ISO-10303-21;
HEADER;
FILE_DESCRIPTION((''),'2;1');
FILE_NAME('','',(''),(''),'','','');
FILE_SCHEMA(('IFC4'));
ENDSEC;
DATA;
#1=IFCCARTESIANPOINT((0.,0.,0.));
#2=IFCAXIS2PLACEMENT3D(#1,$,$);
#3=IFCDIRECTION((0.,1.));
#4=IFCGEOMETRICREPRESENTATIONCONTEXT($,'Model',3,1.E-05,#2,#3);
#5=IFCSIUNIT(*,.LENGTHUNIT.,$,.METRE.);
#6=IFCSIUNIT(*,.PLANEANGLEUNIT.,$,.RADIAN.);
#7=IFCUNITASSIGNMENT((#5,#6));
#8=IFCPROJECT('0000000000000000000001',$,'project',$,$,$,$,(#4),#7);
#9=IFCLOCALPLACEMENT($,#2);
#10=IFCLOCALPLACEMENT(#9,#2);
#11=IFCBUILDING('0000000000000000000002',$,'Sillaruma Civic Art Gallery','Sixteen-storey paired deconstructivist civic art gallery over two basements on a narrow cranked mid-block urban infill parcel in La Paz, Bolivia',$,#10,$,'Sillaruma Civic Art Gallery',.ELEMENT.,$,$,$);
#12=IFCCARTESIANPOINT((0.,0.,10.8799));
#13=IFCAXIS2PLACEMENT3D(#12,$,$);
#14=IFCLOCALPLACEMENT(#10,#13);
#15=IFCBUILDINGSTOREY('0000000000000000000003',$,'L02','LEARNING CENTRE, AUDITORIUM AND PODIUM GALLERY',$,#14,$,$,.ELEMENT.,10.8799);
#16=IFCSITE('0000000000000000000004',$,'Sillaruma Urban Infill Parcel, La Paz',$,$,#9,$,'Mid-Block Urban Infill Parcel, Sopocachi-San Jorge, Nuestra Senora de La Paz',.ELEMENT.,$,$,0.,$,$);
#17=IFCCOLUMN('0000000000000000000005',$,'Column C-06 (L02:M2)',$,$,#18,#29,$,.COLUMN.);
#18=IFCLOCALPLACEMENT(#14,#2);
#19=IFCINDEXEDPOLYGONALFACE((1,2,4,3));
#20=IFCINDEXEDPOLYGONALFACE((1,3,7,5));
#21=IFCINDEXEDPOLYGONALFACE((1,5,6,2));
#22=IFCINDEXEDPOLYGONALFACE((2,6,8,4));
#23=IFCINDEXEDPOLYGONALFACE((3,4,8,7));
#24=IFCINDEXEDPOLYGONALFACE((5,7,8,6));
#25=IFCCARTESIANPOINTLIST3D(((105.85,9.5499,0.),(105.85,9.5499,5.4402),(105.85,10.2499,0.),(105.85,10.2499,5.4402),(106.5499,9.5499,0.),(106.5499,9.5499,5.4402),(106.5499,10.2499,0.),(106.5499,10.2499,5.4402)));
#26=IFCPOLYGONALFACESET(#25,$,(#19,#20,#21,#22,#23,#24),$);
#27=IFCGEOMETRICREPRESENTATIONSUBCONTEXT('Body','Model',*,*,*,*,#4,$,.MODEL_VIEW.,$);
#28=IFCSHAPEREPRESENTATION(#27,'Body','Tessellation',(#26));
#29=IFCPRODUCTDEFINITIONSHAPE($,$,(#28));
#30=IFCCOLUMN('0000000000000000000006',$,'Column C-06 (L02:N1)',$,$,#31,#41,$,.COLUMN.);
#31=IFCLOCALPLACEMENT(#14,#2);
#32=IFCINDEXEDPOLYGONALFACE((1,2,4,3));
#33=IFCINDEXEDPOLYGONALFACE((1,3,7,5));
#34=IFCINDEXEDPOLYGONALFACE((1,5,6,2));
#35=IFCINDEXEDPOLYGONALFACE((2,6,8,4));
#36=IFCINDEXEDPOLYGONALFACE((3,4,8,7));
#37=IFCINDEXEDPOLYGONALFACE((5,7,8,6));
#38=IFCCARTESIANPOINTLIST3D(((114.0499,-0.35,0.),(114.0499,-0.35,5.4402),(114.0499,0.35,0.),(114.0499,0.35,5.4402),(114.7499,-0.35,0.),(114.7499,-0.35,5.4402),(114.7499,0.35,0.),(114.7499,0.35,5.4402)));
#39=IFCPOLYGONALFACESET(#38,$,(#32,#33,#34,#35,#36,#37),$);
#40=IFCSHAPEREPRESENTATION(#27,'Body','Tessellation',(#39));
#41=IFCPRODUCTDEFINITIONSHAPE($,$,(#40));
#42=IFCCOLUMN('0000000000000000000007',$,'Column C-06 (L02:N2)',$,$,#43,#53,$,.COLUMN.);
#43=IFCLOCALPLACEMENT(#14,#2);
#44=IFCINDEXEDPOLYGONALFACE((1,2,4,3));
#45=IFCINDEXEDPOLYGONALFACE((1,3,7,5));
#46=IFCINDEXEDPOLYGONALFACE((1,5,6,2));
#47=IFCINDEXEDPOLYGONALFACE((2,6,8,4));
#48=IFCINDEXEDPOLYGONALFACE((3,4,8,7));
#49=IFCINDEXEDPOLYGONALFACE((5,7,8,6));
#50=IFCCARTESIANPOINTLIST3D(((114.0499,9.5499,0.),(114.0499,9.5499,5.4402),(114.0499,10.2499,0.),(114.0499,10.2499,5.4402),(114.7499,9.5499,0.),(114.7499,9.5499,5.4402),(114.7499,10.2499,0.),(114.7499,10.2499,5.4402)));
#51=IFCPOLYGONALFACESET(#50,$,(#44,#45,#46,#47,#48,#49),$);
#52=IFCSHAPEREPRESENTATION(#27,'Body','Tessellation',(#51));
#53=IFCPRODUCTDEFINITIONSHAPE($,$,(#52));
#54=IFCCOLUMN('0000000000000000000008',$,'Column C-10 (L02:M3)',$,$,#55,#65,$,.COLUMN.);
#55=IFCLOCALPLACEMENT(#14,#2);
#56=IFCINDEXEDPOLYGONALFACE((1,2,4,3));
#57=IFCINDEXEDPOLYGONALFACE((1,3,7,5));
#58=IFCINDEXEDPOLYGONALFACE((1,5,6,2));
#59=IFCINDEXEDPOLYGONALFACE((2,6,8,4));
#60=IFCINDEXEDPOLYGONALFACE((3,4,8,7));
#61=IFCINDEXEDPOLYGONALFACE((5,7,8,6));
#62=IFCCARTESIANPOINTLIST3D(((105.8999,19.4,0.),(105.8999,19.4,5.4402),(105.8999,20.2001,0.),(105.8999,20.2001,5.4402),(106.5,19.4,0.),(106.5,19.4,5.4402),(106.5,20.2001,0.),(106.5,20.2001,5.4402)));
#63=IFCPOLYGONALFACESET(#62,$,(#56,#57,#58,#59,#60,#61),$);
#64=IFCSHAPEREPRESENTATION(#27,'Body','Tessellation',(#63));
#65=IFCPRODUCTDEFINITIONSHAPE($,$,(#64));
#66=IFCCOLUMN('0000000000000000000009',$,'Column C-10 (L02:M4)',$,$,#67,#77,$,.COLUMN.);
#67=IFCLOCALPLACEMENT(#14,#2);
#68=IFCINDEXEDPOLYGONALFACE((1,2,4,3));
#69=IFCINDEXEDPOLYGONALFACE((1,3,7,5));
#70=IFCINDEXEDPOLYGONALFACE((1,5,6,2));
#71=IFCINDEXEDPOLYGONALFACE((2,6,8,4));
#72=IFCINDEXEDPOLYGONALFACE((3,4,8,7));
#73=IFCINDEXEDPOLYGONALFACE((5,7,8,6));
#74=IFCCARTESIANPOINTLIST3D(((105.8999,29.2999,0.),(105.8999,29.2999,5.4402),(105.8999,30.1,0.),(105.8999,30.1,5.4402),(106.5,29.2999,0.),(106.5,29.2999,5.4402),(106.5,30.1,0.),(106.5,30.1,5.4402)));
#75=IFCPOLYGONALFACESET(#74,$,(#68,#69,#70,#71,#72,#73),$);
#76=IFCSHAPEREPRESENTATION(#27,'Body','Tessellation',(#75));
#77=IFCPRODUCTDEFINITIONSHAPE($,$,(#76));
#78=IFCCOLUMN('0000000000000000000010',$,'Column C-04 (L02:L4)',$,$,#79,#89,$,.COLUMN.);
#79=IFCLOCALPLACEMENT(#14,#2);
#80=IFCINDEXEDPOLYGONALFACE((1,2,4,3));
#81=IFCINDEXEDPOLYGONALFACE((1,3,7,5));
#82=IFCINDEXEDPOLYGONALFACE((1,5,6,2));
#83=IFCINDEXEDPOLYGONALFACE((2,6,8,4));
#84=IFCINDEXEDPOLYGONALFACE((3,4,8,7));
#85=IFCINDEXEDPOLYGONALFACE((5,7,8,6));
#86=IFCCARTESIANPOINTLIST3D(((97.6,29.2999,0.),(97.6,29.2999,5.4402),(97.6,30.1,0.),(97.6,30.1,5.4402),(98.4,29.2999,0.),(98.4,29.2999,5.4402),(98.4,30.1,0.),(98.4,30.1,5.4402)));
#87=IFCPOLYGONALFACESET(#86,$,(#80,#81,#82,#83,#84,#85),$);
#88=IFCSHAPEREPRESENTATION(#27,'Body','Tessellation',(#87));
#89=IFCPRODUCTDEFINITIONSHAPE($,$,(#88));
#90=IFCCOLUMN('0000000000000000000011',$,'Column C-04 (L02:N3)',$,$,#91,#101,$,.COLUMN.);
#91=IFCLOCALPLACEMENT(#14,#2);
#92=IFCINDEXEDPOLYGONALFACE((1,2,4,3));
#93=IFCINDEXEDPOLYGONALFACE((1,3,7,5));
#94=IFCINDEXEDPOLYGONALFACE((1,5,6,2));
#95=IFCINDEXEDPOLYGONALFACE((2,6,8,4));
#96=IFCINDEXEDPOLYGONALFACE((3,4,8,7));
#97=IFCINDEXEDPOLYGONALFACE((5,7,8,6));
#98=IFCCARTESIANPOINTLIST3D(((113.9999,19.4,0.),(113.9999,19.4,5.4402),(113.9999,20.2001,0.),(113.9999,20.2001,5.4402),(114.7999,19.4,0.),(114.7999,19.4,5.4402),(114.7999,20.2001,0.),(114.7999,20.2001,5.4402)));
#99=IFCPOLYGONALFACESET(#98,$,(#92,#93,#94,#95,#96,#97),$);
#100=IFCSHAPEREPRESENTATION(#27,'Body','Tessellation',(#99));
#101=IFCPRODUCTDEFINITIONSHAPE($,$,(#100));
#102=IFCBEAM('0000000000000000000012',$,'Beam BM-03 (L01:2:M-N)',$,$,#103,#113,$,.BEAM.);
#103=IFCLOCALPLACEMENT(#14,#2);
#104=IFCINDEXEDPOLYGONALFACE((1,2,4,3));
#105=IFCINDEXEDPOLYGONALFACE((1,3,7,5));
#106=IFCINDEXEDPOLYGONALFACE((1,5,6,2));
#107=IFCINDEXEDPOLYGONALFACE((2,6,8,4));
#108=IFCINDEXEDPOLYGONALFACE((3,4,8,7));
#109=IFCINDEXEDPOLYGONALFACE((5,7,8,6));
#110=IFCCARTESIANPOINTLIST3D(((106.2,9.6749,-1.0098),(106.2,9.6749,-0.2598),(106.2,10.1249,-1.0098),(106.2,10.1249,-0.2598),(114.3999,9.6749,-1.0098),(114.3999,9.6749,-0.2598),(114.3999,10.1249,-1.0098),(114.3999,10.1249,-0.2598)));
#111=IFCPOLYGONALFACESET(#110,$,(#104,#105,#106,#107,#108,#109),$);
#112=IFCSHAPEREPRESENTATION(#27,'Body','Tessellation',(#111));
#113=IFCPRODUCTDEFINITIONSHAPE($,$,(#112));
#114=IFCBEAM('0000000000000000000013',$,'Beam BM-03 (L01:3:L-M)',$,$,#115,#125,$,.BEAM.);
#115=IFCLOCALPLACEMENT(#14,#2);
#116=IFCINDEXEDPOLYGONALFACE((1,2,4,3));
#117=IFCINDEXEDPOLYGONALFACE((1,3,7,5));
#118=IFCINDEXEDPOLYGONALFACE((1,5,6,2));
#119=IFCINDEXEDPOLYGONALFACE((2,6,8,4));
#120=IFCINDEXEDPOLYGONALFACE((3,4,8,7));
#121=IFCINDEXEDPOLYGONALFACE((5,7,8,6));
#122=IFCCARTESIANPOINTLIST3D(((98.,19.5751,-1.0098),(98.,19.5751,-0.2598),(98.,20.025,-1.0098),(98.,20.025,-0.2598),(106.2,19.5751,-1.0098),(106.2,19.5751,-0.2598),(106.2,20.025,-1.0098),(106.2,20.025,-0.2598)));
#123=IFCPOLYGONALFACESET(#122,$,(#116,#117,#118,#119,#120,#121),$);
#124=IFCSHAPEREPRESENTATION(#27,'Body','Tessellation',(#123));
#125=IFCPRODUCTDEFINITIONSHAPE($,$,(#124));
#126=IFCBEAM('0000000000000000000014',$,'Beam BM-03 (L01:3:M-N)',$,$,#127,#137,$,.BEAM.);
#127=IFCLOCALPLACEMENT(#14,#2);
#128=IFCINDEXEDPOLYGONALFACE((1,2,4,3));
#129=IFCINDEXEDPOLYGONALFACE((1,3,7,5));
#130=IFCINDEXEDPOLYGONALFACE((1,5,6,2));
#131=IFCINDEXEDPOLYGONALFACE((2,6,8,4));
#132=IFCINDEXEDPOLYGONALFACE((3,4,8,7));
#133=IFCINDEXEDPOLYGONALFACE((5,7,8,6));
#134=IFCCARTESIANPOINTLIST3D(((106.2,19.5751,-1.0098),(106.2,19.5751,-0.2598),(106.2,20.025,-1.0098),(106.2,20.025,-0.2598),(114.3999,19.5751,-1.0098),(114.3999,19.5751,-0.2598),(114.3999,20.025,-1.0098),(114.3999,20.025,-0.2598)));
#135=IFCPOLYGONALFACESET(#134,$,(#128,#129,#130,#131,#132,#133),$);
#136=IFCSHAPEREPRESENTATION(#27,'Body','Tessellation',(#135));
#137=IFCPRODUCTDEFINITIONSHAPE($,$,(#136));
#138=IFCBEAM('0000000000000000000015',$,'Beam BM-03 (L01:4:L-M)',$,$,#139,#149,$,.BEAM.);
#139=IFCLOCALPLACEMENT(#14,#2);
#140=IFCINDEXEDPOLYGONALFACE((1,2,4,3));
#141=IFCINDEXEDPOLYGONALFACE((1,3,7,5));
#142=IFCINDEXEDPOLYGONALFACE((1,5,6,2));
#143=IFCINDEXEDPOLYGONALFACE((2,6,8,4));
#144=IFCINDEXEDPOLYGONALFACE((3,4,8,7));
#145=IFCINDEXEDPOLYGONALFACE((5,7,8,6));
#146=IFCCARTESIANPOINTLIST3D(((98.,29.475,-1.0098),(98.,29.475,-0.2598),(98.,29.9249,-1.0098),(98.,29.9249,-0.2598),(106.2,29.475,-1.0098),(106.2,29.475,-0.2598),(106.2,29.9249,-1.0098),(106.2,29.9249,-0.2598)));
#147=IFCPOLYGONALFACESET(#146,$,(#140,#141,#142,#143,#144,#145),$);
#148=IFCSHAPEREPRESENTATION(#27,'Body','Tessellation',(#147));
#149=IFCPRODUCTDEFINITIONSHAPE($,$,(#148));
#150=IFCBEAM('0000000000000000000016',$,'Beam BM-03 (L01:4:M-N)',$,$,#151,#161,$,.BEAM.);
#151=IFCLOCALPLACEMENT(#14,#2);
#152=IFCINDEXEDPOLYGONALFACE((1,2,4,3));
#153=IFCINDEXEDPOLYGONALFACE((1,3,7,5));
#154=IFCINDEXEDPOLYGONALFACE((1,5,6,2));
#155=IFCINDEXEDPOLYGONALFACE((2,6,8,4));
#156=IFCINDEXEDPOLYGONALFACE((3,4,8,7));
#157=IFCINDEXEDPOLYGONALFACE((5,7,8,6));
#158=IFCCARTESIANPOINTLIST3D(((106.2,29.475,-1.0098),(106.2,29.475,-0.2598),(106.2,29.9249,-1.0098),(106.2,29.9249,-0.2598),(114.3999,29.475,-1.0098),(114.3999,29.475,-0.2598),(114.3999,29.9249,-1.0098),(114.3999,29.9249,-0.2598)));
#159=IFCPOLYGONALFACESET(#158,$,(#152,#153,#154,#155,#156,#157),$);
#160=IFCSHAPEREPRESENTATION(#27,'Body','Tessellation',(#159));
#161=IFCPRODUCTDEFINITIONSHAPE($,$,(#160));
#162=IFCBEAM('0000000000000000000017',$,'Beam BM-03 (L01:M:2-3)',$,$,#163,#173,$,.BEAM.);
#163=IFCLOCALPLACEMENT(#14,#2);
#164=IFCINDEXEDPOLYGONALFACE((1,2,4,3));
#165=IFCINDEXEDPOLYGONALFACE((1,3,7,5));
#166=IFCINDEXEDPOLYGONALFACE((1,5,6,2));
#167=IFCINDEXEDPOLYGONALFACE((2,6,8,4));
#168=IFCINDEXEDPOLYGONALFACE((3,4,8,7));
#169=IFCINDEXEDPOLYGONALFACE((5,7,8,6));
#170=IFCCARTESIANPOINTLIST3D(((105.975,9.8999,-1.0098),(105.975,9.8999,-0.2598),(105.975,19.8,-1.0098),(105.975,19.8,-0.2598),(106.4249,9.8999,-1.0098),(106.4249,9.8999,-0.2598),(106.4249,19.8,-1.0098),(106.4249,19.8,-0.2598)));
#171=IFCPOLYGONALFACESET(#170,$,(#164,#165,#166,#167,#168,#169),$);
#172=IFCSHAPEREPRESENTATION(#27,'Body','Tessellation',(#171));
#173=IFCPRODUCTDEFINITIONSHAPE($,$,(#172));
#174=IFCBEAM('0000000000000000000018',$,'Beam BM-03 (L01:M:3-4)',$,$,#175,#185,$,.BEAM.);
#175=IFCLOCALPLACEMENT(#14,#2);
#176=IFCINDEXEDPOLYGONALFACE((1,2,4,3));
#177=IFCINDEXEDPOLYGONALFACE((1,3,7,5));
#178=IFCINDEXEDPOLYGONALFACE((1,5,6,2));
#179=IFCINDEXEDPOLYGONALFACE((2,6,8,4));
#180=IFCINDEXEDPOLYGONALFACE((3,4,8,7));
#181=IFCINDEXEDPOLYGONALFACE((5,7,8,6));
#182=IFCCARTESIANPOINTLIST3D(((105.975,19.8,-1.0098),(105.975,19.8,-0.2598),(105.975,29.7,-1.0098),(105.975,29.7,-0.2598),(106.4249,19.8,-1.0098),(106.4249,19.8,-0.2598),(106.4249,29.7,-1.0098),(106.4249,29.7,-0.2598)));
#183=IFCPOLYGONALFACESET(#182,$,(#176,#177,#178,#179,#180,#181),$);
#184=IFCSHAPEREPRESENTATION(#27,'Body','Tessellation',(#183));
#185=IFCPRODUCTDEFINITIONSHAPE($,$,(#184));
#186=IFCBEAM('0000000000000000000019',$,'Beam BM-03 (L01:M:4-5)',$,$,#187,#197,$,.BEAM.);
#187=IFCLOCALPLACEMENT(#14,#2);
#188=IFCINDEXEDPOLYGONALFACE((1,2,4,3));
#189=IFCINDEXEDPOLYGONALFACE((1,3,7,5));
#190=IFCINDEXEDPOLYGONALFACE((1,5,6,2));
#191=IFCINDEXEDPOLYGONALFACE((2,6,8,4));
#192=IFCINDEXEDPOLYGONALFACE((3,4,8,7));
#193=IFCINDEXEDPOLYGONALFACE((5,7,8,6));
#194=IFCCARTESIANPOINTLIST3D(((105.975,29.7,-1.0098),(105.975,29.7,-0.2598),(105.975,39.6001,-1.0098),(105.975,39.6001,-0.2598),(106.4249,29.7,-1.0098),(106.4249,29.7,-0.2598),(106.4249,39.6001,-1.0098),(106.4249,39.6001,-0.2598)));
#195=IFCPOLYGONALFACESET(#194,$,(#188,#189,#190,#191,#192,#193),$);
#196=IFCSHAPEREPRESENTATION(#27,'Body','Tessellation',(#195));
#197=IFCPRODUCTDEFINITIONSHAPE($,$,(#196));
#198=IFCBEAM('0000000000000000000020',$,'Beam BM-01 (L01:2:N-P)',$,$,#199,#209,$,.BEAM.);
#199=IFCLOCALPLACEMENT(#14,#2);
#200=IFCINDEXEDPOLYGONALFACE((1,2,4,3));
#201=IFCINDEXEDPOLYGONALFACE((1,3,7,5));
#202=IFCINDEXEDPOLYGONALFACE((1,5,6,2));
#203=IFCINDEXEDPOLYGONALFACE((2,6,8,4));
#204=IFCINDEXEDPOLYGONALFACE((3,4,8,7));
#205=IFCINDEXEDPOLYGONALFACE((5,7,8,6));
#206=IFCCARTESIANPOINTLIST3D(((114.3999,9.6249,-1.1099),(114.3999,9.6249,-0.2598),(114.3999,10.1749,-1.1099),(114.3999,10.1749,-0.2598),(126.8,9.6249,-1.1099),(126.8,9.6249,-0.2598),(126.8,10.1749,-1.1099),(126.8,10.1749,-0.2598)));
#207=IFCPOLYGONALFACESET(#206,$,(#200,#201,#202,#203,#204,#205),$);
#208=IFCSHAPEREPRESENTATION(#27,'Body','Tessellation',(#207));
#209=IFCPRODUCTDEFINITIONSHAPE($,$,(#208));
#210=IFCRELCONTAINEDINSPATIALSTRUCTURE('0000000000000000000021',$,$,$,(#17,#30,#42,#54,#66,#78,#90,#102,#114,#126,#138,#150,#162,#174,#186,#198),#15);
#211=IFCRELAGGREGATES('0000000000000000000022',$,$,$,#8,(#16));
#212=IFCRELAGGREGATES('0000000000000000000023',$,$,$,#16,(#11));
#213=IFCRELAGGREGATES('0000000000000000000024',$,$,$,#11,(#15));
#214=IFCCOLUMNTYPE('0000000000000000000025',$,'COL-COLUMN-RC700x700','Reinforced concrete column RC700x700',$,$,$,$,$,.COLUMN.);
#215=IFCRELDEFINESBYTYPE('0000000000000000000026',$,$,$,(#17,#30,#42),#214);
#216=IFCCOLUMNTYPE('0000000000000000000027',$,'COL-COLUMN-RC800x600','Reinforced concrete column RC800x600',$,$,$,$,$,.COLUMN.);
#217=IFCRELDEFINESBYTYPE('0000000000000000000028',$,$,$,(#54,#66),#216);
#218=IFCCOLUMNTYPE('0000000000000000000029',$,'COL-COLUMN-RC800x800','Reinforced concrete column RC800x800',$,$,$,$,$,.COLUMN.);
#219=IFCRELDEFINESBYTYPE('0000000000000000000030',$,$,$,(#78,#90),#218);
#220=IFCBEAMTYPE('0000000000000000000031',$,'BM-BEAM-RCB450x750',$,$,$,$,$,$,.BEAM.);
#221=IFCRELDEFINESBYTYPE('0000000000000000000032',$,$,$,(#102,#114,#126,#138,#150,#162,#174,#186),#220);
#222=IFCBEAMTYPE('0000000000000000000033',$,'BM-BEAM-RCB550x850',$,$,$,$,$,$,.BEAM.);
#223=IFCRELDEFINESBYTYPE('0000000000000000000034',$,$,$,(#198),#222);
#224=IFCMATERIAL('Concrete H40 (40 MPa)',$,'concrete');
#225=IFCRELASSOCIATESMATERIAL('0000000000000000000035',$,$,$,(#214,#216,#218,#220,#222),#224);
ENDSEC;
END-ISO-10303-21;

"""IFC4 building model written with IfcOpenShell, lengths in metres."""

from ifc_helpers import new_model, si_unit, direction, frame, origin, origin_2d, place, context, subcontext, project, spatial, rectangle, extrude, material, material_profile, profile_set, type_object, element, save


model = new_model("IFC4")

# Units and contexts
model_context = context("Model", 3, precision=1e-05, world=origin(), true_north=direction((0.0, 1.0)))
body_context = subcontext(model_context, "Body", "Model", "MODEL_VIEW")
ifc_project = project(units=[si_unit("LENGTHUNIT", "METRE"), si_unit("PLANEANGLEUNIT", "RADIAN")], contexts=[model_context])

# Site, building, storey
site_placement = place(None, origin())
site = spatial("IfcSite", under=ifc_project, at=site_placement, Name="Sillaruma Urban Infill Parcel, La Paz", LongName="Mid-Block Urban Infill Parcel, Sopocachi-San Jorge, Nuestra Senora de La Paz", CompositionType="ELEMENT", RefElevation=0.0)
building_placement = place(site_placement, origin())
building = spatial("IfcBuilding", under=site, at=building_placement, Name="Sillaruma Civic Art Gallery", Description="Sixteen-storey paired deconstructivist civic art gallery over two basements on a narrow cranked mid-block urban infill parcel in La Paz, Bolivia", LongName="Sillaruma Civic Art Gallery", CompositionType="ELEMENT")
storey_placement = place(building_placement, frame((0.0, 0.0, 10.8799)))
storey = spatial("IfcBuildingStorey", under=building, at=storey_placement, Name="L02", Description="LEARNING CENTRE, AUDITORIUM AND PODIUM GALLERY", CompositionType="ELEMENT", Elevation=10.8799)

# Columns
ifc_material_1 = material(Name="Concrete H40 (40 MPa)", Category="concrete")
ifc_material_profile_1 = material_profile(ifc_material_1, rectangle(XDim=0.7, YDim=0.7, at=origin_2d()), Name="RC700x700")
ifc_profile_set_1 = profile_set([ifc_material_profile_1], Name="Concrete H40 (40 MPa)")
column_type_1 = type_object("IfcColumnType", Name="COL-COLUMN-RC700x700", Description="Reinforced concrete column RC700x700", PredefinedType="COLUMN", material=ifc_profile_set_1)
for number, where, z_axis, x_axis, name in (
    (1, (106.2, 9.8999, 0.0), (0.0, 0.0, 1.0), (1.0, 0.0, 0.0), "Column C-06 (L02:M2)"),
    (2, (114.3999, 0.0, 0.0), (0.0, 0.0, 1.0), (1.0, 0.0, 0.0), "Column C-06 (L02:N1)"),
    (3, (114.3999, 9.8999, 0.0), (0.0, 0.0, 1.0), (1.0, 0.0, 0.0), "Column C-06 (L02:N2)"),
):
    element("IfcColumn", number, at=place(storey_placement, frame(where, z_axis=z_axis, x_axis=x_axis)), inside=storey, type_object=column_type_1, Name=name, PredefinedType="COLUMN", context=body_context, shape_type="SweptSolid", body=[
        extrude(rectangle(XDim=0.7, YDim=0.7, at=origin_2d()), origin(), (0.0, 0.0, 1.0), 5.4402),
    ])
ifc_material_profile_2 = material_profile(ifc_material_1, rectangle(XDim=0.6001, YDim=0.8, at=origin_2d()), Name="RC800x600")
ifc_profile_set_2 = profile_set([ifc_material_profile_2], Name="Concrete H40 (40 MPa)")
column_type_2 = type_object("IfcColumnType", Name="COL-COLUMN-RC800x600", Description="Reinforced concrete column RC800x600", PredefinedType="COLUMN", material=ifc_profile_set_2)
for number, where, z_axis, x_axis, name in (
    (4, (106.2, 19.8, 0.0), (0.0, 0.0, 1.0), (1.0, 0.0, 0.0), "Column C-10 (L02:M3)"),
    (5, (106.2, 29.7, 0.0), (0.0, 0.0, 1.0), (1.0, 0.0, 0.0), "Column C-10 (L02:M4)"),
):
    element("IfcColumn", number, at=place(storey_placement, frame(where, z_axis=z_axis, x_axis=x_axis)), inside=storey, type_object=column_type_2, Name=name, PredefinedType="COLUMN", context=body_context, shape_type="SweptSolid", body=[
        extrude(rectangle(XDim=0.6001, YDim=0.8, at=origin_2d()), origin(), (0.0, 0.0, 1.0), 5.4402),
    ])
ifc_material_profile_3 = material_profile(ifc_material_1, rectangle(XDim=0.8, YDim=0.8, at=origin_2d()), Name="RC800x800")
ifc_profile_set_3 = profile_set([ifc_material_profile_3], Name="Concrete H40 (40 MPa)")
column_type_3 = type_object("IfcColumnType", Name="COL-COLUMN-RC800x800", Description="Reinforced concrete column RC800x800", PredefinedType="COLUMN", material=ifc_profile_set_3)
for number, where, z_axis, x_axis, name in (
    (6, (98.0, 29.7, 0.0), (0.0, 0.0, 1.0), (1.0, 0.0, 0.0), "Column C-04 (L02:L4)"),
    (7, (114.3999, 19.8, 0.0), (0.0, 0.0, 1.0), (1.0, 0.0, 0.0), "Column C-04 (L02:N3)"),
):
    element("IfcColumn", number, at=place(storey_placement, frame(where, z_axis=z_axis, x_axis=x_axis)), inside=storey, type_object=column_type_3, Name=name, PredefinedType="COLUMN", context=body_context, shape_type="SweptSolid", body=[
        extrude(rectangle(XDim=0.8, YDim=0.8, at=origin_2d()), origin(), (0.0, 0.0, 1.0), 5.4402),
    ])

# Beams
ifc_material_profile_4 = material_profile(ifc_material_1, rectangle(XDim=0.45, YDim=0.75, at=origin_2d()), Name="RCB450x750")
ifc_profile_set_4 = profile_set([ifc_material_profile_4], Name="Concrete H40 (40 MPa)")
beam_type_1 = type_object("IfcBeamType", Name="BM-BEAM-RCB450x750", PredefinedType="BEAM", material=ifc_profile_set_4)
for number, where, z_axis, x_axis, name in (
    (8, (106.2, 9.8999, -0.6348), (1.0, 0.0, 0.0), (0.0, 1.0, 0.0), "Beam BM-03 (L01:2:M-N)"),
    (9, (98.0, 19.8, -0.6348), (1.0, 0.0, 0.0), (0.0, 1.0, 0.0), "Beam BM-03 (L01:3:L-M)"),
    (10, (106.2, 19.8, -0.6348), (1.0, 0.0, 0.0), (0.0, 1.0, 0.0), "Beam BM-03 (L01:3:M-N)"),
    (11, (98.0, 29.7, -0.6348), (1.0, 0.0, 0.0), (0.0, 1.0, 0.0), "Beam BM-03 (L01:4:L-M)"),
    (12, (106.2, 29.7, -0.6348), (1.0, 0.0, 0.0), (0.0, 1.0, 0.0), "Beam BM-03 (L01:4:M-N)"),
):
    element("IfcBeam", number, at=place(storey_placement, frame(where, z_axis=z_axis, x_axis=x_axis)), inside=storey, type_object=beam_type_1, Name=name, PredefinedType="BEAM", context=body_context, shape_type="SweptSolid", body=[
        extrude(rectangle(XDim=0.45, YDim=0.75, at=origin_2d()), origin(), (0.0, 0.0, 1.0), 8.2),
    ])
beam_1_placement = place(storey_placement, frame((106.2, 9.8999, -0.6348), z_axis=(0.0, 1.0, 0.0), x_axis=(-1.0, 0.0, 0.0)))
element("IfcBeam", 13, at=beam_1_placement, inside=storey, type_object=beam_type_1, Name="Beam BM-03 (L01:M:2-3)", PredefinedType="BEAM", context=body_context, shape_type="SweptSolid", body=[
    extrude(rectangle(XDim=0.45, YDim=0.75, at=origin_2d()), origin(), (0.0, 0.0, 1.0), 9.9001),
])
beam_2_placement = place(storey_placement, frame((106.2, 19.8, -0.6348), z_axis=(0.0, 1.0, 0.0), x_axis=(-1.0, 0.0, 0.0)))
element("IfcBeam", 14, at=beam_2_placement, inside=storey, type_object=beam_type_1, Name="Beam BM-03 (L01:M:3-4)", PredefinedType="BEAM", context=body_context, shape_type="SweptSolid", body=[
    extrude(rectangle(XDim=0.45, YDim=0.75, at=origin_2d()), origin(), (0.0, 0.0, 1.0), 9.8999),
])
beam_3_placement = place(storey_placement, frame((106.2, 29.7, -0.6348), z_axis=(0.0, 1.0, 0.0), x_axis=(-1.0, 0.0, 0.0)))
element("IfcBeam", 15, at=beam_3_placement, inside=storey, type_object=beam_type_1, Name="Beam BM-03 (L01:M:4-5)", PredefinedType="BEAM", context=body_context, shape_type="SweptSolid", body=[
    extrude(rectangle(XDim=0.45, YDim=0.75, at=origin_2d()), origin(), (0.0, 0.0, 1.0), 9.9001),
])
ifc_material_profile_5 = material_profile(ifc_material_1, rectangle(XDim=0.55, YDim=0.8501, at=origin_2d()), Name="RCB550x850")
ifc_profile_set_5 = profile_set([ifc_material_profile_5], Name="Concrete H40 (40 MPa)")
beam_type_2 = type_object("IfcBeamType", Name="BM-BEAM-RCB550x850", PredefinedType="BEAM", material=ifc_profile_set_5)
for number, where, z_axis, x_axis, name in (
    (16, (114.3999, 9.8999, -0.6848), (1.0, 0.0, 0.0), (0.0, 1.0, 0.0), "Beam BM-01 (L01:2:N-P)"),
):
    element("IfcBeam", number, at=place(storey_placement, frame(where, z_axis=z_axis, x_axis=x_axis)), inside=storey, type_object=beam_type_2, Name=name, PredefinedType="BEAM", context=body_context, shape_type="SweptSolid", body=[
        extrude(rectangle(XDim=0.55, YDim=0.8501, at=origin_2d()), origin(), (0.0, 0.0, 1.0), 12.4001),
    ])

save(model, "model.ifc")
